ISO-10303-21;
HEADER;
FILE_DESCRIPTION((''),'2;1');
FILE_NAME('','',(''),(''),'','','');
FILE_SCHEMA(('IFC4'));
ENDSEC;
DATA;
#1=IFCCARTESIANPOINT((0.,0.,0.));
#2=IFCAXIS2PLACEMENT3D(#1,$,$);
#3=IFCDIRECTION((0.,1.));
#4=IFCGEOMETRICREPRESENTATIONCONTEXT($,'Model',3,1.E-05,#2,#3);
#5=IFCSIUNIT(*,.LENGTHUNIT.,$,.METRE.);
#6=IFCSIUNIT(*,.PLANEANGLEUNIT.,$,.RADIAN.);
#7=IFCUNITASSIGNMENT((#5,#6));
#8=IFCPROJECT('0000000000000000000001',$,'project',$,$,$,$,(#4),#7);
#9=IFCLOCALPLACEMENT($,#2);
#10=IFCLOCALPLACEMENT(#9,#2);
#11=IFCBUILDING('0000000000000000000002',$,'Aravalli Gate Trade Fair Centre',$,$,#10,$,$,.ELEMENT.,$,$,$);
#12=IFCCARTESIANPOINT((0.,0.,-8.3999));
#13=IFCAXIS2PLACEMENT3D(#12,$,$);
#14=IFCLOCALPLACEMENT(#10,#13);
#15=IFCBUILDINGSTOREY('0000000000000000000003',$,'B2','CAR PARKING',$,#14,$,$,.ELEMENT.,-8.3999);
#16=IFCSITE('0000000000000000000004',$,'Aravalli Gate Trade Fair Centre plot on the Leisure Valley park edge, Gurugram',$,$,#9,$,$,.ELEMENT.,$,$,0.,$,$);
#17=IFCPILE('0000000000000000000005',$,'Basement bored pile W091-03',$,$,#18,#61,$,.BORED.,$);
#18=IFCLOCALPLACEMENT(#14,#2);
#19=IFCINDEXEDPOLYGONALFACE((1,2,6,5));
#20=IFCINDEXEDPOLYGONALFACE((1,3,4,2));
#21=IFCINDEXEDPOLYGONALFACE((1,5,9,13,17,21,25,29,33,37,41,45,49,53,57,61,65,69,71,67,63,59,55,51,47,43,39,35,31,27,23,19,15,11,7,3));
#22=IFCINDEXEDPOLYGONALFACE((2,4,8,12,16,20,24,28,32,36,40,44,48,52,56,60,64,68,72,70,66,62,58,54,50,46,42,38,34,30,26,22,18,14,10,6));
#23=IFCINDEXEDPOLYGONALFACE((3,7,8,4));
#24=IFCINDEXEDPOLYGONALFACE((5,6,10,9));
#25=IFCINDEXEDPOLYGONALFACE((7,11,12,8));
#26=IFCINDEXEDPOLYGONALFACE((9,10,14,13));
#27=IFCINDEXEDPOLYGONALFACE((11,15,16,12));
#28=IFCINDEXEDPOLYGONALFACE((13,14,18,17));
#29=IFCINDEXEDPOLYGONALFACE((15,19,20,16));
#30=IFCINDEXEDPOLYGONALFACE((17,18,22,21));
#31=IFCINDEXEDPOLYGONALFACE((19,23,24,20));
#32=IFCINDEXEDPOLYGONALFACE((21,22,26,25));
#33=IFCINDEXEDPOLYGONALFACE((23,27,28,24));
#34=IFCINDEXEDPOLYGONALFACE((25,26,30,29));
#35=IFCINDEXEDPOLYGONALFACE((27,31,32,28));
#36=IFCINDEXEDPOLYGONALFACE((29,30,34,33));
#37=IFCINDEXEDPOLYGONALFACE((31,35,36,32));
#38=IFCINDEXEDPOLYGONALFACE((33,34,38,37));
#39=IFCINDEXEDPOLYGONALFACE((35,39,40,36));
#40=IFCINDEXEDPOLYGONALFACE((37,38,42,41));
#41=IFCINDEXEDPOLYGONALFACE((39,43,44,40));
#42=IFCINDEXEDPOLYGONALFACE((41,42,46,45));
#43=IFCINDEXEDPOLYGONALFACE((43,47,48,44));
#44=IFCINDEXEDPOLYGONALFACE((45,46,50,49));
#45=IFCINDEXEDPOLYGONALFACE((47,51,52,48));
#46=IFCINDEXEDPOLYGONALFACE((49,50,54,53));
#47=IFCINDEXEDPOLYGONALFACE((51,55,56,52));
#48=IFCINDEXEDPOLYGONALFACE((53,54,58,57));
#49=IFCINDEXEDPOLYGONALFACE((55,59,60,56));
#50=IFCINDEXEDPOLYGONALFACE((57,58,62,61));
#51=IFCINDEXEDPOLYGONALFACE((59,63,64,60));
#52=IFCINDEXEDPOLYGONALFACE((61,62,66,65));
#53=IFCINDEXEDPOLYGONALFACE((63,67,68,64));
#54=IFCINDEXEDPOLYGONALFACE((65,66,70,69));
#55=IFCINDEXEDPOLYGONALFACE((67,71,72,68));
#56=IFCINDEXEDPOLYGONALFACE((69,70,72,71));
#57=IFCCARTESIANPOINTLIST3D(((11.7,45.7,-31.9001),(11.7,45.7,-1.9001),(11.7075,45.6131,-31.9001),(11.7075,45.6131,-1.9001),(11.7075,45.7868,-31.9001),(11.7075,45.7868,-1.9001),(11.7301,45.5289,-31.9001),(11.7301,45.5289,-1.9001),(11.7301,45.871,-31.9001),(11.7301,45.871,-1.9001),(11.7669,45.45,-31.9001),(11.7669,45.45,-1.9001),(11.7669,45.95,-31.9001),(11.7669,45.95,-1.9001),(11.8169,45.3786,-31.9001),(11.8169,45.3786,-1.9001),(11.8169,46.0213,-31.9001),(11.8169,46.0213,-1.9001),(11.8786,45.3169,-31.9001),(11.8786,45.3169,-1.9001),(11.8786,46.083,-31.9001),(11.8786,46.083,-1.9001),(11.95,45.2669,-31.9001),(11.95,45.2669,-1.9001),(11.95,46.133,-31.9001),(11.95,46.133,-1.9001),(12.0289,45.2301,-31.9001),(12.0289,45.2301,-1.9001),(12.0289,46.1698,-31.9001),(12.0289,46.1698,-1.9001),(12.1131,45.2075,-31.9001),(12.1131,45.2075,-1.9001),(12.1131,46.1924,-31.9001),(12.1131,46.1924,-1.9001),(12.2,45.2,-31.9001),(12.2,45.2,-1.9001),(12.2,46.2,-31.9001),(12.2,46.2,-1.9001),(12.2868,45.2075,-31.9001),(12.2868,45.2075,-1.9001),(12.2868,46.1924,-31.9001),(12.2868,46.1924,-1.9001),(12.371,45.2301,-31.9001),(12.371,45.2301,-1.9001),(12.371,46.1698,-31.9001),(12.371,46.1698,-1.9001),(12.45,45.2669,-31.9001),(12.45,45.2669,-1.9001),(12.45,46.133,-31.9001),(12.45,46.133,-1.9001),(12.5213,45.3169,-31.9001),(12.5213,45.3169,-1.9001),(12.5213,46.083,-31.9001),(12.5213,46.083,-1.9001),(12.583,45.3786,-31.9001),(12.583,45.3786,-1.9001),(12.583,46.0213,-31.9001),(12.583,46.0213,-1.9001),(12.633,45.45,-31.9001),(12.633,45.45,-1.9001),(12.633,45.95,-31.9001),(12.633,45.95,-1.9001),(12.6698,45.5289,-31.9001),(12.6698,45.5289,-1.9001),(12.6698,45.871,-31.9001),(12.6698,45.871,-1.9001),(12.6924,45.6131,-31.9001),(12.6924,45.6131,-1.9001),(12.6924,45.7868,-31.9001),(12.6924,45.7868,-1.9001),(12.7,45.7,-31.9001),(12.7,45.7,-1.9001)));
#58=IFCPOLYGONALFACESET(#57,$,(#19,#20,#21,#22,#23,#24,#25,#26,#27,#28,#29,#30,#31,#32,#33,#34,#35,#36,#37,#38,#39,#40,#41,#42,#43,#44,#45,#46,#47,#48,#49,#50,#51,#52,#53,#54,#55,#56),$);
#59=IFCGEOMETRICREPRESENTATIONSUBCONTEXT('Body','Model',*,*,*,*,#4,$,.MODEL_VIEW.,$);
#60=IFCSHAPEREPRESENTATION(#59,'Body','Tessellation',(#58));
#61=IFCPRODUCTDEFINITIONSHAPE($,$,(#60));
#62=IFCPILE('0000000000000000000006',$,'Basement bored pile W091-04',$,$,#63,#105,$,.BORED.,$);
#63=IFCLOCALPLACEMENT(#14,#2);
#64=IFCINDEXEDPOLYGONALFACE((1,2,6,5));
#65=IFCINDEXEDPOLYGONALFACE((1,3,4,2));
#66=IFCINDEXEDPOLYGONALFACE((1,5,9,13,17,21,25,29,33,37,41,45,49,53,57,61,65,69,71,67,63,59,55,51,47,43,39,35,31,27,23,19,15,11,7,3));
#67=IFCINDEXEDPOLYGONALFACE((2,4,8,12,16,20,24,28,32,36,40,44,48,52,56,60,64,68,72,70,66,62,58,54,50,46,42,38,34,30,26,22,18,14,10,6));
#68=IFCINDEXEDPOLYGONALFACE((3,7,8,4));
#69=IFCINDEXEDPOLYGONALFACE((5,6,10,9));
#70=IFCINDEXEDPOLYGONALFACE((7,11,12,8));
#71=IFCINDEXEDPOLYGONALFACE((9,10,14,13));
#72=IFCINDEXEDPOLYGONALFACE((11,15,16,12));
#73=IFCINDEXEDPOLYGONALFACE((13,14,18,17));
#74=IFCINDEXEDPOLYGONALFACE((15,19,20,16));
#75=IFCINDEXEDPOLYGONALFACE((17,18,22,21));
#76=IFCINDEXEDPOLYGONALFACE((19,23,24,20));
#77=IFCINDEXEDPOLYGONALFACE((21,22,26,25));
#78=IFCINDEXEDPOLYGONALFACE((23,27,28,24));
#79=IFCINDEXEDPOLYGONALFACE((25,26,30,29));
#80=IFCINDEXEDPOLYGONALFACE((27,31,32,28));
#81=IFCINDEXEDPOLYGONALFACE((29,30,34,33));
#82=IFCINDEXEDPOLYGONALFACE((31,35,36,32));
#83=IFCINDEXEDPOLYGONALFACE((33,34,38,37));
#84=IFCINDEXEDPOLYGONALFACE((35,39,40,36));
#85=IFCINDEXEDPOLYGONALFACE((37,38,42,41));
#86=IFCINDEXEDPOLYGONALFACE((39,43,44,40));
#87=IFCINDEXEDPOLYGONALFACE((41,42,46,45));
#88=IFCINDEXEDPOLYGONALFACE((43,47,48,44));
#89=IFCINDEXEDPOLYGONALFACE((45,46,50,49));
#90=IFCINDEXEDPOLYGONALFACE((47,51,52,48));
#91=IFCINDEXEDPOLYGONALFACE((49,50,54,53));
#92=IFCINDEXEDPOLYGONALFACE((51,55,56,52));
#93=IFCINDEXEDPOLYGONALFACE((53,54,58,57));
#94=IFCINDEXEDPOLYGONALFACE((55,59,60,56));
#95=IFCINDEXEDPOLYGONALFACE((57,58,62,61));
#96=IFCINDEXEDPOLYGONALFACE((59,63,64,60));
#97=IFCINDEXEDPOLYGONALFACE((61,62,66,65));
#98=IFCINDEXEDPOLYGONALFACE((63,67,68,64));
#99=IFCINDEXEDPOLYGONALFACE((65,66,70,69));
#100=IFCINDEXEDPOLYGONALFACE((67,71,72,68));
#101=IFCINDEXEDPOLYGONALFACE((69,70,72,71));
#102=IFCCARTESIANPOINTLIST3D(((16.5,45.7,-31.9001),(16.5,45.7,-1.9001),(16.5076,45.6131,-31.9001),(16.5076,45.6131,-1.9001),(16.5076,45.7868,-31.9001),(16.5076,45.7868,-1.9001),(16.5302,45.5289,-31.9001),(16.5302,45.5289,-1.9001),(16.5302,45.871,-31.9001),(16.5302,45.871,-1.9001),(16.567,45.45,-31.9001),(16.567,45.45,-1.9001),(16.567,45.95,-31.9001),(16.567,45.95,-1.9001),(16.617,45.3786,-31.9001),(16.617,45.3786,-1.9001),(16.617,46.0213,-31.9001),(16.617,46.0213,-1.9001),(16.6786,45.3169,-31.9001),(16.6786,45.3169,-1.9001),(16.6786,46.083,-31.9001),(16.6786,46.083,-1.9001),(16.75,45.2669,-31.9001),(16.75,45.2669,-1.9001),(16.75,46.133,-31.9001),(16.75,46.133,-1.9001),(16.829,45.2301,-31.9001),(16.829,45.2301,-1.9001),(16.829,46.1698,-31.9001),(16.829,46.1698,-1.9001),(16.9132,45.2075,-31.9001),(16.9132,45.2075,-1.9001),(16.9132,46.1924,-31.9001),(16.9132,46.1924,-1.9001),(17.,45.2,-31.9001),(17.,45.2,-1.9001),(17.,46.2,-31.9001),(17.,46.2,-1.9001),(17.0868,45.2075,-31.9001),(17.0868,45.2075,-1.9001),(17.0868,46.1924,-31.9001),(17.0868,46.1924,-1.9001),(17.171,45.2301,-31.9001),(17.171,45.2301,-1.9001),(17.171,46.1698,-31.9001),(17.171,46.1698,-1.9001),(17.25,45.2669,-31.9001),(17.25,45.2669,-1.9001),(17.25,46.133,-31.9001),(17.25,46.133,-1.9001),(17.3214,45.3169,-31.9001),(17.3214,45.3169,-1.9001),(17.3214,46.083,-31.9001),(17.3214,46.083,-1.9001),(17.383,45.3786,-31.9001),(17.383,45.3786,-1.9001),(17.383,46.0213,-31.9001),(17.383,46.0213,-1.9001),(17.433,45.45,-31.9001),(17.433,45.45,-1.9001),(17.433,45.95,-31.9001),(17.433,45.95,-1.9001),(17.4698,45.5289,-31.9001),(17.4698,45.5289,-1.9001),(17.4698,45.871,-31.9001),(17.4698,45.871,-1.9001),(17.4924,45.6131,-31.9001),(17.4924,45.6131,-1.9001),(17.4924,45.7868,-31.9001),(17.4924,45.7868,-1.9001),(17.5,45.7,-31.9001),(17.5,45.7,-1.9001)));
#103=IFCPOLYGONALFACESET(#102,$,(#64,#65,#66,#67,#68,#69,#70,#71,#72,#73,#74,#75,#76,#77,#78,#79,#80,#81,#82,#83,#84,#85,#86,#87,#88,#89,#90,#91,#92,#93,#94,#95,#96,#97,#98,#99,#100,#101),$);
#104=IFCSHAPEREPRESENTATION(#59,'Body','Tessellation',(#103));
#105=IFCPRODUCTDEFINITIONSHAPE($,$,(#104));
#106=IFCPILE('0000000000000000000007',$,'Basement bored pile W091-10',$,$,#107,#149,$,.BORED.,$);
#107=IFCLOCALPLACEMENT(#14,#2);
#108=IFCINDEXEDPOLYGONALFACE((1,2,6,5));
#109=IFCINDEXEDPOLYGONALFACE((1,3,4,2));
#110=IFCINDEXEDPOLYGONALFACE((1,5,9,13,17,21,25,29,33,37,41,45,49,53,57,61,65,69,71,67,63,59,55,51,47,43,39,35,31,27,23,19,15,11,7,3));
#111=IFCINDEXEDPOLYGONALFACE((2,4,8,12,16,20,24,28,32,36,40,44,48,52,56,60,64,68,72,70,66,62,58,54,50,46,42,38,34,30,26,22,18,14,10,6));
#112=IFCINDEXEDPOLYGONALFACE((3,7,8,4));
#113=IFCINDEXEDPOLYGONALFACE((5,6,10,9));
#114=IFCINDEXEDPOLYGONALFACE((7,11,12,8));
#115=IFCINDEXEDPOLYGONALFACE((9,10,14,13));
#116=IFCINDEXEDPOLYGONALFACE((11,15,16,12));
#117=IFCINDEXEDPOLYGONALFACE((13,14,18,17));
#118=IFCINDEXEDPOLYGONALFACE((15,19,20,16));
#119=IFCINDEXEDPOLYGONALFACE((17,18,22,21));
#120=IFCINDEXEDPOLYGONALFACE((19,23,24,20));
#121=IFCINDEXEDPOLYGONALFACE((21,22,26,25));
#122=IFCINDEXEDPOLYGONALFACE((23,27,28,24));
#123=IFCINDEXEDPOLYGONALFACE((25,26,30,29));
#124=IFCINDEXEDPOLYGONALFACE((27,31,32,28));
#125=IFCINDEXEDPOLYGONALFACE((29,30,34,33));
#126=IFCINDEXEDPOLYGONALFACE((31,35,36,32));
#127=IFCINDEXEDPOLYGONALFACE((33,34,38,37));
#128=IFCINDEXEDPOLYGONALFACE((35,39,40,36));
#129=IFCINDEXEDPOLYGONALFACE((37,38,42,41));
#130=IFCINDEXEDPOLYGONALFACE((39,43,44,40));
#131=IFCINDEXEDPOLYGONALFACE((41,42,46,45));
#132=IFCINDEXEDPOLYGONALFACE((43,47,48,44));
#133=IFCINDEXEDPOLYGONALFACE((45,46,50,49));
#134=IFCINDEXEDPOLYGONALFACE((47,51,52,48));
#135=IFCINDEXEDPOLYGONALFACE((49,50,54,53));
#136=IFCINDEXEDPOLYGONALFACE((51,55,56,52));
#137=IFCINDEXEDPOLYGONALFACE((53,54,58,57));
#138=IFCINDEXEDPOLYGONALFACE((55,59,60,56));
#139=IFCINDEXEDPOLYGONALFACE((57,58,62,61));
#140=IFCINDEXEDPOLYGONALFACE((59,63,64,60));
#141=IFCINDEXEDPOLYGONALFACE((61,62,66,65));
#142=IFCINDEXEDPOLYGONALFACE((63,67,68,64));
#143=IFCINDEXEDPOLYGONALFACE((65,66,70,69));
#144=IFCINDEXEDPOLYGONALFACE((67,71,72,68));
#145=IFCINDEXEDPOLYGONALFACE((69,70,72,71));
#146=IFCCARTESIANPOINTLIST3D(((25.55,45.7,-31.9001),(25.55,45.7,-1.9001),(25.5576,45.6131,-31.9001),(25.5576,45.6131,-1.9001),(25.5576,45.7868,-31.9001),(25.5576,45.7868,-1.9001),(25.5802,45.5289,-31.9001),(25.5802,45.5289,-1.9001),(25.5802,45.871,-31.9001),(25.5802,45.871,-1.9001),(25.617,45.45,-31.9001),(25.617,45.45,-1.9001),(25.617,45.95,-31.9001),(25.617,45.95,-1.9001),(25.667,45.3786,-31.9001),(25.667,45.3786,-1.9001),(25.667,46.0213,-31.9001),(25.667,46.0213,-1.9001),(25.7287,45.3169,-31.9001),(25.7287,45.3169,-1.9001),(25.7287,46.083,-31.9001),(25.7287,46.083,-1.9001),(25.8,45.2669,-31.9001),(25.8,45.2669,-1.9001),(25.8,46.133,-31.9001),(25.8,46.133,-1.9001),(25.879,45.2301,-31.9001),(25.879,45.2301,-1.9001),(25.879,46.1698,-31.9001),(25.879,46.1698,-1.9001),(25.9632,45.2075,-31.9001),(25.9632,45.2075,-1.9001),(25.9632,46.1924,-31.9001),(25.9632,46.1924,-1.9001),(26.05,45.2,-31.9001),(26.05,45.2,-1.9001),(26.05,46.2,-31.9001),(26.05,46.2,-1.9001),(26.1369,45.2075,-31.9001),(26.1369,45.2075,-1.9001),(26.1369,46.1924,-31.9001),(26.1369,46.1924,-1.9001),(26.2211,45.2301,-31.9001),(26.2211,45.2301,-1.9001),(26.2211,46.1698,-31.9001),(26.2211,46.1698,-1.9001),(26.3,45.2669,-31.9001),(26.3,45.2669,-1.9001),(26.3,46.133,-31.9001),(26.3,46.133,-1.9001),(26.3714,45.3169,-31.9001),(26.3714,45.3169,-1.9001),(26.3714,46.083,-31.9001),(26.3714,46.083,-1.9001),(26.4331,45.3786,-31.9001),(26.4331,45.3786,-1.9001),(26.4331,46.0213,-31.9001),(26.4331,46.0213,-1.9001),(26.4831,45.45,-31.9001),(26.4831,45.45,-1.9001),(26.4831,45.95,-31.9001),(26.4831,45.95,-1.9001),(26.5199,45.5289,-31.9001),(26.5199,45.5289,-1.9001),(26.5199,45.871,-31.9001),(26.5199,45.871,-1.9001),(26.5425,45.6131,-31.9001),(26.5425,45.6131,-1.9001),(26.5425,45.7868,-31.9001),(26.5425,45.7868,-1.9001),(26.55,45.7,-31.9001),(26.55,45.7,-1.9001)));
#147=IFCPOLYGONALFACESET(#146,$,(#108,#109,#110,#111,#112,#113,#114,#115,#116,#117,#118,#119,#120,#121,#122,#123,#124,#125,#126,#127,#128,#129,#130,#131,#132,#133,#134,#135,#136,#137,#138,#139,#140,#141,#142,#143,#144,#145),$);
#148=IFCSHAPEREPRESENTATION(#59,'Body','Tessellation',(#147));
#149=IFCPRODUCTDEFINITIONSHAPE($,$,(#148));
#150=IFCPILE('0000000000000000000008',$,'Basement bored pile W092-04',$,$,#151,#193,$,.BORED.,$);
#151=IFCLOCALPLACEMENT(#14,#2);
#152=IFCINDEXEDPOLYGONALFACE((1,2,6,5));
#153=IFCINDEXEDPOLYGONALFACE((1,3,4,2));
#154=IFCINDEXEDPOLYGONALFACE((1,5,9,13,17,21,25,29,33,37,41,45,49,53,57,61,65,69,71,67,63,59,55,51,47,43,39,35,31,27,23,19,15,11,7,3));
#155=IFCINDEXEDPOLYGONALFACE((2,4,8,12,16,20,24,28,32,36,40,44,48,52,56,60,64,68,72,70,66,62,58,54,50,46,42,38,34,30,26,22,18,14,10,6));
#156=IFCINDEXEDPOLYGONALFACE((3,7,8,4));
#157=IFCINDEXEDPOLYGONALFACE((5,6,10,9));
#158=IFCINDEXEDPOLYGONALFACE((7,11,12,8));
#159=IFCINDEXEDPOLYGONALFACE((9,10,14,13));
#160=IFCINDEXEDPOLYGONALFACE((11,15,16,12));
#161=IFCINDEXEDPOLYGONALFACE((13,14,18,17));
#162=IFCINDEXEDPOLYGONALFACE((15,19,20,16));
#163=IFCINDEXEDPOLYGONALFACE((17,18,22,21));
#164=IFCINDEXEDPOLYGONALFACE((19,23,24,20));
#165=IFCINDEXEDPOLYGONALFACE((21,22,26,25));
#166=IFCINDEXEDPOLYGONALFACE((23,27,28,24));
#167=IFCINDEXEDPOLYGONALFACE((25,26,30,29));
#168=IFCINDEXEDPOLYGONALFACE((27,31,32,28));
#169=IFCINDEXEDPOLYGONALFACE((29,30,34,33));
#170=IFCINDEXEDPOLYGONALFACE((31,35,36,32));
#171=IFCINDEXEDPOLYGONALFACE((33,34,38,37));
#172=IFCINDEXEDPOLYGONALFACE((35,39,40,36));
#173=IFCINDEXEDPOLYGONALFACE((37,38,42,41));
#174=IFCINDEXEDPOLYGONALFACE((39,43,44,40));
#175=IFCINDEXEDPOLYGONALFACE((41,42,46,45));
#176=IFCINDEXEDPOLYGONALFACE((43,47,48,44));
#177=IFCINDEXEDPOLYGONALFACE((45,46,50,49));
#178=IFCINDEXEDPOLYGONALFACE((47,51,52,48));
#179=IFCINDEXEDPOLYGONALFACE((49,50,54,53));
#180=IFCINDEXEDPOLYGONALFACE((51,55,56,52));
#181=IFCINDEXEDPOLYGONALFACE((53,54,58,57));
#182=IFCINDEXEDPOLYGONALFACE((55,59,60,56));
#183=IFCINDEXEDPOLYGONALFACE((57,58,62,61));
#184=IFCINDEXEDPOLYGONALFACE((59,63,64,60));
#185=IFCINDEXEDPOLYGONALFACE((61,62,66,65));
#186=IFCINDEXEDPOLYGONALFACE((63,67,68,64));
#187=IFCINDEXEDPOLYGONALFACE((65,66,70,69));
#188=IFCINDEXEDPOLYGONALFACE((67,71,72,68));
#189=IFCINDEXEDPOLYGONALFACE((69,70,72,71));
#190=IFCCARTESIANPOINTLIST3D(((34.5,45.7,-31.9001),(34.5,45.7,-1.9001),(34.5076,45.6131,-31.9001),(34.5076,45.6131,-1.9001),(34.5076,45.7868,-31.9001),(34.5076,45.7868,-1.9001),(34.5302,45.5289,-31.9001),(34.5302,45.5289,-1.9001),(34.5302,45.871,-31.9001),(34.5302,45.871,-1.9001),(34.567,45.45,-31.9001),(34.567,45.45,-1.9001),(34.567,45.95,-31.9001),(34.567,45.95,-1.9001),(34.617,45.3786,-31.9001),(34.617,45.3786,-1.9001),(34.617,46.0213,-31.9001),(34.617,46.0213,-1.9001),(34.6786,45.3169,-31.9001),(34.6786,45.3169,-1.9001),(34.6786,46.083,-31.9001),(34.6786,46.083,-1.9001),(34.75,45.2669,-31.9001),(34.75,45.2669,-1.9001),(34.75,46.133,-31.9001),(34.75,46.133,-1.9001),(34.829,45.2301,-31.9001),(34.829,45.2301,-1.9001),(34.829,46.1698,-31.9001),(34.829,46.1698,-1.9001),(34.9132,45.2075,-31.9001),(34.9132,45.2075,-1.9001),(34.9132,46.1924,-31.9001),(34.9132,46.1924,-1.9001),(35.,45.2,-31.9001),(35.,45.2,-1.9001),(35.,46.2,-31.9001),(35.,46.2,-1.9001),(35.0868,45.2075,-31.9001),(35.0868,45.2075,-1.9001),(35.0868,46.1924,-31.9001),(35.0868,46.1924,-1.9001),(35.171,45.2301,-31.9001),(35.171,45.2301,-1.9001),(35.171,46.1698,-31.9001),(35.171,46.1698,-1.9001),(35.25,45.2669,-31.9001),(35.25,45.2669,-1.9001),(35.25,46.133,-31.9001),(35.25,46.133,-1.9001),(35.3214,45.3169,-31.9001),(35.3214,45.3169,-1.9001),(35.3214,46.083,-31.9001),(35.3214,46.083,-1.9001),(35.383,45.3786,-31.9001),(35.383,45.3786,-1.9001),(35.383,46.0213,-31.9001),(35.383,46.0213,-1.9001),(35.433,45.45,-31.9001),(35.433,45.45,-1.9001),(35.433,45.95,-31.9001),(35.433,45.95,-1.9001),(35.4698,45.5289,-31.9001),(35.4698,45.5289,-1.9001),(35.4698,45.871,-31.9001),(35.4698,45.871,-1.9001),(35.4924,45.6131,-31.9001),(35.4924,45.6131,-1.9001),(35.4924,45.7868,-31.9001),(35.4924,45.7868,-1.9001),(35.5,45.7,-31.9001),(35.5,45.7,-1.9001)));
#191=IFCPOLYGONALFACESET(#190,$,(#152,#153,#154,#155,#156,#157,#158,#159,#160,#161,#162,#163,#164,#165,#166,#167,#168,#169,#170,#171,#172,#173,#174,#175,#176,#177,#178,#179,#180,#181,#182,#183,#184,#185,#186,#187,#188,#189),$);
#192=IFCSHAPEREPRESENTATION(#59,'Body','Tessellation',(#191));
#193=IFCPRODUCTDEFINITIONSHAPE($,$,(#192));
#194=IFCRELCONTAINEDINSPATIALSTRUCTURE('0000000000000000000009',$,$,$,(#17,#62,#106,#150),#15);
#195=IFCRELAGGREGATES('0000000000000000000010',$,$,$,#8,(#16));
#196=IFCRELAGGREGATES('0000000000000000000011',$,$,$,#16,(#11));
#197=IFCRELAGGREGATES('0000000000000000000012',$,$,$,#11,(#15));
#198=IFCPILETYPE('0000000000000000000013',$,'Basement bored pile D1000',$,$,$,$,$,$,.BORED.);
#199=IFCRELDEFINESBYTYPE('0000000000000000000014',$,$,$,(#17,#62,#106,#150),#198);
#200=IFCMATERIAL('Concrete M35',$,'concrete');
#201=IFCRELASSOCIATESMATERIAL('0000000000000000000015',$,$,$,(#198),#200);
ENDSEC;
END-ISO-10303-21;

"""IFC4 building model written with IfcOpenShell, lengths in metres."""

from ifc_helpers import new_model, si_unit, direction, frame, origin, origin_2d, place, context, subcontext, project, spatial, circle, extrude, material, material_profile, profile_set, type_object, element, save


model = new_model("IFC4")

# Units and contexts
model_context = context("Model", 3, precision=1e-05, world=origin(), true_north=direction((0.0, 1.0)))
body_context = subcontext(model_context, "Body", "Model", "MODEL_VIEW")
ifc_project = project(units=[si_unit("LENGTHUNIT", "METRE"), si_unit("PLANEANGLEUNIT", "RADIAN")], contexts=[model_context])

# Site, building, storey
site_placement = place(None, origin())
site = spatial("IfcSite", under=ifc_project, at=site_placement, Name="Aravalli Gate Trade Fair Centre plot on the Leisure Valley park edge, Gurugram", CompositionType="ELEMENT", RefElevation=0.0)
building_placement = place(site_placement, origin())
building = spatial("IfcBuilding", under=site, at=building_placement, Name="Aravalli Gate Trade Fair Centre", CompositionType="ELEMENT")
storey_placement = place(building_placement, frame((0.0, 0.0, -8.3999)))
storey = spatial("IfcBuildingStorey", under=building, at=storey_placement, Name="B2", Description="CAR PARKING", CompositionType="ELEMENT", Elevation=-8.3999)

# Piles
ifc_material_1 = material(Name="Concrete M35", Category="concrete")
ifc_material_profile_1 = material_profile(ifc_material_1, circle(Radius=0.5, at=origin_2d()), Name="D1000")
ifc_profile_set_1 = profile_set([ifc_material_profile_1], Name="Concrete M35")
pile_type = type_object("IfcPileType", Name="Basement bored pile D1000", PredefinedType="BORED", material=ifc_profile_set_1)
for number, where, z_axis, x_axis, name in (
    (1, (12.2, 45.7, -1.9001), (0.0, 0.0, -1.0), (1.0, 0.0, 0.0), "Basement bored pile W091-03"),
    (2, (17.0, 45.7, -1.9001), (0.0, 0.0, -1.0), (1.0, 0.0, 0.0), "Basement bored pile W091-04"),
    (3, (26.05, 45.7, -1.9001), (0.0, 0.0, -1.0), (1.0, 0.0, 0.0), "Basement bored pile W091-10"),
    (4, (35.0, 45.7, -1.9001), (0.0, 0.0, -1.0), (1.0, 0.0, 0.0), "Basement bored pile W092-04"),
):
    element("IfcPile", number, at=place(storey_placement, frame(where, z_axis=z_axis, x_axis=x_axis)), inside=storey, type_object=pile_type, Name=name, PredefinedType="BORED", context=body_context, shape_type="SweptSolid", body=[
        extrude(circle(Radius=0.5, at=origin_2d()), origin(), (0.0, 0.0, 1.0), 30.0),
    ])

save(model, "model.ifc")
